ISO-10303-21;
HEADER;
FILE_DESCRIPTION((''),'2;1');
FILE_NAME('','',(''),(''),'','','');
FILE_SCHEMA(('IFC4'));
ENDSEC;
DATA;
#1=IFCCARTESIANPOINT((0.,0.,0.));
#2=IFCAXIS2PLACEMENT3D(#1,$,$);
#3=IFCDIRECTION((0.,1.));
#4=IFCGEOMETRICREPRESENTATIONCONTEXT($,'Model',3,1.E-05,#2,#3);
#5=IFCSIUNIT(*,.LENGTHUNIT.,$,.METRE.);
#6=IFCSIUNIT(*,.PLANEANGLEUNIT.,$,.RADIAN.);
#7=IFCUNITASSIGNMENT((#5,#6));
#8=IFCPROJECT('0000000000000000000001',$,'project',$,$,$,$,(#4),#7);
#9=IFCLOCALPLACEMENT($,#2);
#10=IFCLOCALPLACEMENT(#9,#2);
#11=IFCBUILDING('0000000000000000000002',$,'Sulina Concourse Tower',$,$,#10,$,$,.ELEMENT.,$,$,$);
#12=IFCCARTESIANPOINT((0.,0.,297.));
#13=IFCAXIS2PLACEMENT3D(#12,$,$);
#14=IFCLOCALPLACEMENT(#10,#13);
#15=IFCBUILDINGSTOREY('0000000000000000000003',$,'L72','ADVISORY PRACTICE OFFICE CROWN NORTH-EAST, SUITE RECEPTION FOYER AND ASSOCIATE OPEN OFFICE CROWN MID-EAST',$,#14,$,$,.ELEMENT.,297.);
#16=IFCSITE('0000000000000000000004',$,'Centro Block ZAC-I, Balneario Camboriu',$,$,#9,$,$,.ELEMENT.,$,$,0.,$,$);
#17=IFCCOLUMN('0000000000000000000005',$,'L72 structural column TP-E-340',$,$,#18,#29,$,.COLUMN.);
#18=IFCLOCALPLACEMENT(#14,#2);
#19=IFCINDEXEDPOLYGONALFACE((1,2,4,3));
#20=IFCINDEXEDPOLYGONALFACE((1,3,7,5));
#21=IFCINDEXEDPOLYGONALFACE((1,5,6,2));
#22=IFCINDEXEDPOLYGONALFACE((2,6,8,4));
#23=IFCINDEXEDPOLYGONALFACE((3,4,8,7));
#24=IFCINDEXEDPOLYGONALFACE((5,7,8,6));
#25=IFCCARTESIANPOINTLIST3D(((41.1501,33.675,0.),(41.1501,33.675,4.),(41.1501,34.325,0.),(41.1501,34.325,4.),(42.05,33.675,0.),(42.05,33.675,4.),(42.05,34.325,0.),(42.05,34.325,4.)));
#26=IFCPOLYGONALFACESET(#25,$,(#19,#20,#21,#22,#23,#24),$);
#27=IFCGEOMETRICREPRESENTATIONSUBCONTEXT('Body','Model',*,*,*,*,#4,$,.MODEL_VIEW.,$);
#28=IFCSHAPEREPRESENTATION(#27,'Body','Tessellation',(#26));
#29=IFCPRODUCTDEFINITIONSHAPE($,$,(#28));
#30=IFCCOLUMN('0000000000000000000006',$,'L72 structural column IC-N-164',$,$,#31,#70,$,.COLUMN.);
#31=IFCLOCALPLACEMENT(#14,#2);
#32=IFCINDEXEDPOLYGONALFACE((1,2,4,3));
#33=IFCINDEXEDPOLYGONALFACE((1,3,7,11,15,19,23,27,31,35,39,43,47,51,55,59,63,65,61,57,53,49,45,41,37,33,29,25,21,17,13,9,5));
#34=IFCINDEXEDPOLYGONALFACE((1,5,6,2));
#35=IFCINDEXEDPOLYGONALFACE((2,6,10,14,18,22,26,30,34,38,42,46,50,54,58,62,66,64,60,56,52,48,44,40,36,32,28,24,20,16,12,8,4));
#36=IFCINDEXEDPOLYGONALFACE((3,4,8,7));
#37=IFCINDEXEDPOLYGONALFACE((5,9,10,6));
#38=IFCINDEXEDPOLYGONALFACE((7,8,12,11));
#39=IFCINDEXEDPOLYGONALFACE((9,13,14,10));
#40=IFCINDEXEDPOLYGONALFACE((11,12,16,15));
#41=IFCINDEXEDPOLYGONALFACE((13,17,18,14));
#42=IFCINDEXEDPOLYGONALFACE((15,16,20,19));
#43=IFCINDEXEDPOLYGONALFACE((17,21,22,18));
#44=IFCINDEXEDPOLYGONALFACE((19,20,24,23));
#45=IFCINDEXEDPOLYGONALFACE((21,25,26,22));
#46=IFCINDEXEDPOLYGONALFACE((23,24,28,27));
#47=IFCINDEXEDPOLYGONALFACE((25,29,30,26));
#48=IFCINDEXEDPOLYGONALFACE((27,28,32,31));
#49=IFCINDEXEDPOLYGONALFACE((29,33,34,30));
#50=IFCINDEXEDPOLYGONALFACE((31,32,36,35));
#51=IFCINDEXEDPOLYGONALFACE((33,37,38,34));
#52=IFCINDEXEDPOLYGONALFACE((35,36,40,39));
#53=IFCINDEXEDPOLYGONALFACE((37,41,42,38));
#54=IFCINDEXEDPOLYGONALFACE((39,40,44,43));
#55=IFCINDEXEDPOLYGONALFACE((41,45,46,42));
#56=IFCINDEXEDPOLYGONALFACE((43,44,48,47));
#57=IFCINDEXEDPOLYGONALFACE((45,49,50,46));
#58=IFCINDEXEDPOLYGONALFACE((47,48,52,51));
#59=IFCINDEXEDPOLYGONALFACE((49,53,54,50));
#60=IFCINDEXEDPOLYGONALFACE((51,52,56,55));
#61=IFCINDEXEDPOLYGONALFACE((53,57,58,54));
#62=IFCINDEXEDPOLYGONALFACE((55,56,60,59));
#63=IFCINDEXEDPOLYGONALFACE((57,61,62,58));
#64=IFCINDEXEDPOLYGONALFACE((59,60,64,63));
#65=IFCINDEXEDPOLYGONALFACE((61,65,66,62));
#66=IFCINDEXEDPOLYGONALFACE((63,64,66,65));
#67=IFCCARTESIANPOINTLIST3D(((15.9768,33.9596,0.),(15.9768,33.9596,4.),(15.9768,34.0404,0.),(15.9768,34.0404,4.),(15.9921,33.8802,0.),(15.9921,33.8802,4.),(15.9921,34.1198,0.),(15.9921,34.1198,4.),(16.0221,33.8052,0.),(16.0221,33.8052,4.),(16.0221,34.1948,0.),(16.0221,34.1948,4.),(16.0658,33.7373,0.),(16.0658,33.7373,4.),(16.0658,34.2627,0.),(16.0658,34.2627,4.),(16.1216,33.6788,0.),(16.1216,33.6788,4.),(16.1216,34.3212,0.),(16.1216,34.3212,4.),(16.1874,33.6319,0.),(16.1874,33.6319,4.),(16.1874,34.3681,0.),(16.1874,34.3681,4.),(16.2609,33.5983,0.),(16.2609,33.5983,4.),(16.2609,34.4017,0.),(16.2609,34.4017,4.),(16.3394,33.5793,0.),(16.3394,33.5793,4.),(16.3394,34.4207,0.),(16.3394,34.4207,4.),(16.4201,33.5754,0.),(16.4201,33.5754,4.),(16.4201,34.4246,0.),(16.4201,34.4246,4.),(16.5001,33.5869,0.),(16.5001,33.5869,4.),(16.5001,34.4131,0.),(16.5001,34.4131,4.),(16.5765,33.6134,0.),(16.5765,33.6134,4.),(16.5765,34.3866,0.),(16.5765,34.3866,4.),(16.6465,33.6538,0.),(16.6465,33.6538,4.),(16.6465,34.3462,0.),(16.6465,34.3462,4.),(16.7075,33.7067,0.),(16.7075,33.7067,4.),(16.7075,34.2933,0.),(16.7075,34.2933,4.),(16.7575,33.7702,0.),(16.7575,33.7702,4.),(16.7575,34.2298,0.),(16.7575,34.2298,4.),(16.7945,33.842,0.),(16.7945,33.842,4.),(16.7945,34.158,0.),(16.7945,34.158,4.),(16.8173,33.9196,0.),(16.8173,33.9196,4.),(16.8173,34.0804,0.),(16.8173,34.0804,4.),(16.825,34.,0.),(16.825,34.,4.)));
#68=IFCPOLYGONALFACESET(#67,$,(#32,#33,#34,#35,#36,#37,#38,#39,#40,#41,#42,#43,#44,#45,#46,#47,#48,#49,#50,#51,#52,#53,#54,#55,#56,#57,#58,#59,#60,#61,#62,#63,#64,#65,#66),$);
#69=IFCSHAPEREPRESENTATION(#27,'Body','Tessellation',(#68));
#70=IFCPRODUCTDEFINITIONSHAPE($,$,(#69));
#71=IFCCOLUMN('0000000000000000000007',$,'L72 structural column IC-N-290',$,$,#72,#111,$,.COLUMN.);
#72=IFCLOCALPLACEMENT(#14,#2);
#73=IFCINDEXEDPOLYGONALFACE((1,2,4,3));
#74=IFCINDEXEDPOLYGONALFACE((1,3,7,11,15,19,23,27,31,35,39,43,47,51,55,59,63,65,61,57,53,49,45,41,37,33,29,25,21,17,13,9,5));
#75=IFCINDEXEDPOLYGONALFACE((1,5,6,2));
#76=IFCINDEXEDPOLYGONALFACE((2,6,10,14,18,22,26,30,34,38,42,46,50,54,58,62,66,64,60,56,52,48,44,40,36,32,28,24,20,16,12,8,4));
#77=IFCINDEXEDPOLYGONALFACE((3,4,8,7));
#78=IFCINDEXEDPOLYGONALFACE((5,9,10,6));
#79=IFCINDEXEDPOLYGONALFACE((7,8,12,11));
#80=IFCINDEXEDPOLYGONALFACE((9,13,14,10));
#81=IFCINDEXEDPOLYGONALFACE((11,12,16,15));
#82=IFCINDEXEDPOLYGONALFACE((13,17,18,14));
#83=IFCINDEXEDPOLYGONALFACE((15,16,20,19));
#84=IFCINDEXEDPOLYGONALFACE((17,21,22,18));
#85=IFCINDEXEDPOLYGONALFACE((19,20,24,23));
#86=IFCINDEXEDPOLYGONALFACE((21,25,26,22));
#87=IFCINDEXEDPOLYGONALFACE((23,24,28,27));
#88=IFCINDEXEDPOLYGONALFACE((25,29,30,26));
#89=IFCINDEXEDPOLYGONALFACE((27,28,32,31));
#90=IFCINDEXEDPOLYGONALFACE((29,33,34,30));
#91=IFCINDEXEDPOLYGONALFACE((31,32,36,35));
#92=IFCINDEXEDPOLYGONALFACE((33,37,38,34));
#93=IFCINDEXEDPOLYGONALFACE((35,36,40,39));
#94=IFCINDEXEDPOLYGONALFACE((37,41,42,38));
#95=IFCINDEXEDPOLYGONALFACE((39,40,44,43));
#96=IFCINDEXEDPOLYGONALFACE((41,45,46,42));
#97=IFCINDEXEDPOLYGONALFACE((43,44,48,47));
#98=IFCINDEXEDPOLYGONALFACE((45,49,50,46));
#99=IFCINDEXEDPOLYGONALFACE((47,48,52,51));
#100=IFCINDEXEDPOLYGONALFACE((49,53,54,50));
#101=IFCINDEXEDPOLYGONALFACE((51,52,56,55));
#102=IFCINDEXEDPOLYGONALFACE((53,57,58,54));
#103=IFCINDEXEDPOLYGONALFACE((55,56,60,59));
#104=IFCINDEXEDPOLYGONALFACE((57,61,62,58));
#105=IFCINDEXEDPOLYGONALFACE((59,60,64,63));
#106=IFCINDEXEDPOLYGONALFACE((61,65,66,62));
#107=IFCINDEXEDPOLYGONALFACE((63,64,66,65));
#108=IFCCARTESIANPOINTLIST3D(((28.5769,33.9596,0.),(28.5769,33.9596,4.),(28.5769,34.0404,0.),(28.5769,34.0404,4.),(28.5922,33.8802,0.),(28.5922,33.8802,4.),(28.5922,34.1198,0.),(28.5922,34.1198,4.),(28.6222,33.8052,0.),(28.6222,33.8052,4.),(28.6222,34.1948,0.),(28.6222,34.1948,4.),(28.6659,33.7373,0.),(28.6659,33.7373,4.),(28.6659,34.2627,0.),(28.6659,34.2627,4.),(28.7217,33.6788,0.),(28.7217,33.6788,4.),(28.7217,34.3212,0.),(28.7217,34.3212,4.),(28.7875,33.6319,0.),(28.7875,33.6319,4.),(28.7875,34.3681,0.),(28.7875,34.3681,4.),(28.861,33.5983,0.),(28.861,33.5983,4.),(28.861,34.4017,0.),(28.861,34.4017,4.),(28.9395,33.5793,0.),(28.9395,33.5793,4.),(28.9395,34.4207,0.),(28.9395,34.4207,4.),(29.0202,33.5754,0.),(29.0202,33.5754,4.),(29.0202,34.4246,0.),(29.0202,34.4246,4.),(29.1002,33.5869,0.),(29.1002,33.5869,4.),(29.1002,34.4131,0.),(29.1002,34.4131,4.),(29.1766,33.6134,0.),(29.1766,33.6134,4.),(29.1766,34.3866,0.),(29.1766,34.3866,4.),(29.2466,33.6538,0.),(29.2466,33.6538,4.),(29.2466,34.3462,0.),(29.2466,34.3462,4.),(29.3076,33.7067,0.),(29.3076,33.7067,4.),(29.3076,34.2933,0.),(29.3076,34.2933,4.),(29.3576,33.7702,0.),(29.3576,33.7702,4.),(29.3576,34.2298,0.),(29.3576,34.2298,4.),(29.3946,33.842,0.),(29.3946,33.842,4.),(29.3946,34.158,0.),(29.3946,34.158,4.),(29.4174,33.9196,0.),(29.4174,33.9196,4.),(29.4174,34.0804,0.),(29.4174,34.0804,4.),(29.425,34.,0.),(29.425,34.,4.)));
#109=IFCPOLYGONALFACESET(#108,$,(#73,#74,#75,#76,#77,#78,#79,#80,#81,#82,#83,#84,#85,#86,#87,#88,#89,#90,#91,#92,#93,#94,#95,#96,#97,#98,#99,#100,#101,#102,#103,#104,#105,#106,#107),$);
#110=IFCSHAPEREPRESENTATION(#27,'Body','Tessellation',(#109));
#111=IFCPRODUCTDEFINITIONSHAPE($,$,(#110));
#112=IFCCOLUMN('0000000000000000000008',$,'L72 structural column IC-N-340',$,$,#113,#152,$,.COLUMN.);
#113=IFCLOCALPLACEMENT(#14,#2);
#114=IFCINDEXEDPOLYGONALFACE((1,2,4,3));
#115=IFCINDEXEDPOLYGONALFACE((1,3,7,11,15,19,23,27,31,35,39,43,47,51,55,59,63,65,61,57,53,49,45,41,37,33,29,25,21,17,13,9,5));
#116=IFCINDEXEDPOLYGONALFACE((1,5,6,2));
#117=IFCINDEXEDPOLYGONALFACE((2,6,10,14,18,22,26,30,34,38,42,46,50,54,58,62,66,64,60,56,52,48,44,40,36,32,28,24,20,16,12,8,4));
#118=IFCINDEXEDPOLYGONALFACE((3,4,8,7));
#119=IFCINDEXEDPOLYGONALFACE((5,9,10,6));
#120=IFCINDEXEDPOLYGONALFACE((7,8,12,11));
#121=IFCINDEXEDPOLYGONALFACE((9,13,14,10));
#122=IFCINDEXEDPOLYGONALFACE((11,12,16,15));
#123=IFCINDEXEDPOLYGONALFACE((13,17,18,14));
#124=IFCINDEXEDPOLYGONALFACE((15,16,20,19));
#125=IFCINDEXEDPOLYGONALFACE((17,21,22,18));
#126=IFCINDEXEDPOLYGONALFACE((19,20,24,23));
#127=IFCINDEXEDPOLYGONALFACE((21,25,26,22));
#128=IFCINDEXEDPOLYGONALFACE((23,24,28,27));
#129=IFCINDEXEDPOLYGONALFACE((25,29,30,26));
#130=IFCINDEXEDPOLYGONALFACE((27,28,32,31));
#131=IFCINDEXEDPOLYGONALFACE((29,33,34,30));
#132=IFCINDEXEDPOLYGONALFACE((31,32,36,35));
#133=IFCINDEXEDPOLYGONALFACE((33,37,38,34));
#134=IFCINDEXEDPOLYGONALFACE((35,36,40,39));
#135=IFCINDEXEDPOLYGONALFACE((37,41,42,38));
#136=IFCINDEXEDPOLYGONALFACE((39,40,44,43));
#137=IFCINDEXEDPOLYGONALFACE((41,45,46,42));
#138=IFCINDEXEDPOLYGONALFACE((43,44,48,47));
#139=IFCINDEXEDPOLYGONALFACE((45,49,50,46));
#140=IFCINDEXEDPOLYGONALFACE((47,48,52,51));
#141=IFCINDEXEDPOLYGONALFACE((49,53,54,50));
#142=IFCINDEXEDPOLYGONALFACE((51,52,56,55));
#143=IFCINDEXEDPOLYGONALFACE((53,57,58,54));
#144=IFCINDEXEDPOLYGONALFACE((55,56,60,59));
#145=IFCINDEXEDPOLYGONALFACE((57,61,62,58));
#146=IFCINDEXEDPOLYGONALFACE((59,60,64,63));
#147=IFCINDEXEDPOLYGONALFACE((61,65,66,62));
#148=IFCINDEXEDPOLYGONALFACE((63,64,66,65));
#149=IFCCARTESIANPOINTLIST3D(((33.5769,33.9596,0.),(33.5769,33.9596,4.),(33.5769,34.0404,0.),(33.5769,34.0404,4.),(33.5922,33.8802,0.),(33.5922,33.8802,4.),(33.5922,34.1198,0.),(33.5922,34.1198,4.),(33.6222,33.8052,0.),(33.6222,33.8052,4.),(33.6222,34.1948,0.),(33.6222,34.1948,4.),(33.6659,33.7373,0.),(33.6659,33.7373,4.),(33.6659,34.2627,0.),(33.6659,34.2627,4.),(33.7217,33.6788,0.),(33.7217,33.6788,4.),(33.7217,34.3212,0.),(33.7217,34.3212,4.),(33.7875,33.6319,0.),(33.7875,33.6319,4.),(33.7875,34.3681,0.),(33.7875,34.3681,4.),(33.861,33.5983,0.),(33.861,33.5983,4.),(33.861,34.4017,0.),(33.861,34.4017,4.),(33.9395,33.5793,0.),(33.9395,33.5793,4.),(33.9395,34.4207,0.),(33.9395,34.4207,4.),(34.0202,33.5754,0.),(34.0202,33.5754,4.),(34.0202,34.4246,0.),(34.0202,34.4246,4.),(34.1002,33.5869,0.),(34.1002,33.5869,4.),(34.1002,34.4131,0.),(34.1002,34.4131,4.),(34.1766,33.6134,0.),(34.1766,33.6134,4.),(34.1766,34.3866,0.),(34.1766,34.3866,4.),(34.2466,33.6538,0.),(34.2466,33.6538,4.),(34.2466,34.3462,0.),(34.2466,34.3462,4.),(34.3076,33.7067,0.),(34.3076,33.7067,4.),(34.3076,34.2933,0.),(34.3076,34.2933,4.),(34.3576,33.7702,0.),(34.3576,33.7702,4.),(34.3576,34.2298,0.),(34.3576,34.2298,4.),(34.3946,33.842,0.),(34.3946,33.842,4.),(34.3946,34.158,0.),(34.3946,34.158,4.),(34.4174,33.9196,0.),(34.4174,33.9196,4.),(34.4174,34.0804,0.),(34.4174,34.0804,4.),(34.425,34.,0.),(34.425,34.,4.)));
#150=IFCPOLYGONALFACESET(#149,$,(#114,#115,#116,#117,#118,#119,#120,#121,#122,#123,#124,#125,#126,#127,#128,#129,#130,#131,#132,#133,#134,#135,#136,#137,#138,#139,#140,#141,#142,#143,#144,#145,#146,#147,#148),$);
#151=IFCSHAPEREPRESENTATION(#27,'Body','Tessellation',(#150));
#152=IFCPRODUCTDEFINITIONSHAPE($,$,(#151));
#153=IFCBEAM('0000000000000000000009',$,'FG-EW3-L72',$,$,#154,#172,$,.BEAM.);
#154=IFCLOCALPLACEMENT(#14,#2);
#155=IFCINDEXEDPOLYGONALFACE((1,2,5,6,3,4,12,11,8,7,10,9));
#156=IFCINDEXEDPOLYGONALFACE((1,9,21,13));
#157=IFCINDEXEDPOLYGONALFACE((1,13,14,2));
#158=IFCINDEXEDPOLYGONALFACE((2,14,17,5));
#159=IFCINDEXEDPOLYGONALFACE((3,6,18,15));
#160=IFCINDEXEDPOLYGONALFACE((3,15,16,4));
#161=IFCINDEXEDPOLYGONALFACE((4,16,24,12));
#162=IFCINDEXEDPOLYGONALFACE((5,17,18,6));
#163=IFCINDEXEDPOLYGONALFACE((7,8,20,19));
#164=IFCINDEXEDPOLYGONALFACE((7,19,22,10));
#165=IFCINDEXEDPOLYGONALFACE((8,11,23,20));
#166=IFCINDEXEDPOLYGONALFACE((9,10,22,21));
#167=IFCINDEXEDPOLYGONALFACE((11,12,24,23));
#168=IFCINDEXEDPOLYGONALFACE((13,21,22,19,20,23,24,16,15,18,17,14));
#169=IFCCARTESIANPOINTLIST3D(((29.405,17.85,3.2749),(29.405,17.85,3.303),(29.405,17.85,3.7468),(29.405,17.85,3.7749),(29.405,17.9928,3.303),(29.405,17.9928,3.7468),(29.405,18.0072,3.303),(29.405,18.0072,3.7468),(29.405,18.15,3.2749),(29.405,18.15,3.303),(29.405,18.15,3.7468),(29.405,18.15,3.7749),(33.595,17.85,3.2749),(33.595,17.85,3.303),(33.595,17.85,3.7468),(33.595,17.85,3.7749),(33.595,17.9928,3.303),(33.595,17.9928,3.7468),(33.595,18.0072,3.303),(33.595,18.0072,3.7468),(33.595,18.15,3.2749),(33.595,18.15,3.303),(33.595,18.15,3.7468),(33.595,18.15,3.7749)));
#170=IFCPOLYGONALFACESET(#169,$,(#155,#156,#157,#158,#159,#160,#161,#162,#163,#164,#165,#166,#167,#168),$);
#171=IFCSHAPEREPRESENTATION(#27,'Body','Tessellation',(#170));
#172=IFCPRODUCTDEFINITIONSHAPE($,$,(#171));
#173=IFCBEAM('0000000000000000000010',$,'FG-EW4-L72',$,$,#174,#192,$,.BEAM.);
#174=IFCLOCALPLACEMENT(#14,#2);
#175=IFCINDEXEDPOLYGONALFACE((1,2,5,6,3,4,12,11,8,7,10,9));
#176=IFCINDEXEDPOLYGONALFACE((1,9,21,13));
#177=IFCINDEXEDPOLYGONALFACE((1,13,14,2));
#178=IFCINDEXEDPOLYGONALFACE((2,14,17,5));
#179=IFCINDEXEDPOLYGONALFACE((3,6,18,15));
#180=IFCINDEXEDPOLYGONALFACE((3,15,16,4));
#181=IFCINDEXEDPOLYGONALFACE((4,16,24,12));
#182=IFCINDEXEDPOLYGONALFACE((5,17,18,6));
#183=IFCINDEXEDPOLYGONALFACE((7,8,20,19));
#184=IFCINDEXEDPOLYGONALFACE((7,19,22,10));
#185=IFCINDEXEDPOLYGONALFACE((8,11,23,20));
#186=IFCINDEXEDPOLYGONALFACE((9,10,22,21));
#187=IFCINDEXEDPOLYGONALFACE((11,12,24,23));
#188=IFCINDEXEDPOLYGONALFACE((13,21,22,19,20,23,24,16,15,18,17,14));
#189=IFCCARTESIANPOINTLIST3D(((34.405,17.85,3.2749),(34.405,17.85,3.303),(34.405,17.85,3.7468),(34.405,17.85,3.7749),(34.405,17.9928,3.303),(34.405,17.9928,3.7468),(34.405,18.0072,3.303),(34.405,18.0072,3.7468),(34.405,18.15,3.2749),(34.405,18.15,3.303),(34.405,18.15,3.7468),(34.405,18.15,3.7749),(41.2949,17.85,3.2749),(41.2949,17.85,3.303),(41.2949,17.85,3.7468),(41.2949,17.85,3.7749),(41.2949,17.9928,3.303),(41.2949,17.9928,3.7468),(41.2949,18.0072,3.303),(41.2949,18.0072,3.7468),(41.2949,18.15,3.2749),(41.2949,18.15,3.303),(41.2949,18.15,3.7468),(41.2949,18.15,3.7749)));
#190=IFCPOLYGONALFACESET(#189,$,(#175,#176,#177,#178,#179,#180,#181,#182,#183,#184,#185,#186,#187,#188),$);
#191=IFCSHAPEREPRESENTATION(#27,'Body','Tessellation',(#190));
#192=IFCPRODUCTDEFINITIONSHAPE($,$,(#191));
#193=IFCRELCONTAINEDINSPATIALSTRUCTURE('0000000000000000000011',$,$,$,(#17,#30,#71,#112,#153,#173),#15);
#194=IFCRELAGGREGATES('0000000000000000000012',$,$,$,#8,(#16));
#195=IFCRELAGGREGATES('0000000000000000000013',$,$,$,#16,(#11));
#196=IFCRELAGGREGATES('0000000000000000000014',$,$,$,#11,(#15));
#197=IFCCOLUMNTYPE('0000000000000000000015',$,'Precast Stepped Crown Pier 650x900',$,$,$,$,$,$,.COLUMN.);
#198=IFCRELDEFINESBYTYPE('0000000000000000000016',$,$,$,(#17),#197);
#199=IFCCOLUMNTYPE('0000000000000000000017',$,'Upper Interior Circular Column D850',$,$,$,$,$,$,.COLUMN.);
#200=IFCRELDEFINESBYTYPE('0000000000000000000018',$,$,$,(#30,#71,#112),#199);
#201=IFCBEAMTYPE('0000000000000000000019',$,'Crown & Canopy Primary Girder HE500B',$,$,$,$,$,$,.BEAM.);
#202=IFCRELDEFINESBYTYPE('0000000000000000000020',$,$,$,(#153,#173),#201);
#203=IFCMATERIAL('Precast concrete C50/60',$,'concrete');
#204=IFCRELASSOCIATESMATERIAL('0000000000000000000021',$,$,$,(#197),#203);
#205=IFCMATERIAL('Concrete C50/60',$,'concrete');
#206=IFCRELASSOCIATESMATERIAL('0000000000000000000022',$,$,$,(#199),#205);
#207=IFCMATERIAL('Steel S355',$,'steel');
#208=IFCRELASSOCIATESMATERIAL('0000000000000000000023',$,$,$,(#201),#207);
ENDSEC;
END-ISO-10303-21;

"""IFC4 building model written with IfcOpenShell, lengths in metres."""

from ifc_helpers import new_model, si_unit, direction, frame, origin, origin_2d, place, context, subcontext, project, spatial, rectangle, circle, i_section, extrude, material, material_profile, profile_set, type_object, element, save


model = new_model("IFC4")

# Units and contexts
model_context = context("Model", 3, precision=1e-05, world=origin(), true_north=direction((0.0, 1.0)))
body_context = subcontext(model_context, "Body", "Model", "MODEL_VIEW")
ifc_project = project(units=[si_unit("LENGTHUNIT", "METRE"), si_unit("PLANEANGLEUNIT", "RADIAN")], contexts=[model_context])

# Site, building, storey
site_placement = place(None, origin())
site = spatial("IfcSite", under=ifc_project, at=site_placement, Name="Centro Block ZAC-I, Balneario Camboriu", CompositionType="ELEMENT", RefElevation=0.0)
building_placement = place(site_placement, origin())
building = spatial("IfcBuilding", under=site, at=building_placement, Name="Sulina Concourse Tower", CompositionType="ELEMENT")
storey_placement = place(building_placement, frame((0.0, 0.0, 297.0)))
storey = spatial("IfcBuildingStorey", under=building, at=storey_placement, Name="L72", Description="ADVISORY PRACTICE OFFICE CROWN NORTH-EAST, SUITE RECEPTION FOYER AND ASSOCIATE OPEN OFFICE CROWN MID-EAST", CompositionType="ELEMENT", Elevation=297.0)

# Columns
ifc_material_1 = material(Name="Precast concrete C50/60", Category="concrete")
ifc_material_profile_1 = material_profile(ifc_material_1, rectangle(XDim=0.6499, YDim=0.8999, at=origin_2d()), Name="PC 650x900")
ifc_profile_set_1 = profile_set([ifc_material_profile_1], Name="Precast concrete C50/60")
column_type_1 = type_object("IfcColumnType", Name="Precast Stepped Crown Pier 650x900", PredefinedType="COLUMN", material=ifc_profile_set_1)
column_placement = place(storey_placement, frame((41.6001, 34.0, 0.0), z_axis=(0.0, 0.0, 1.0), x_axis=(0.0, 1.0, 0.0)))
element("IfcColumn", 1, at=column_placement, inside=storey, type_object=column_type_1, Name="L72 structural column TP-E-340", PredefinedType="COLUMN", context=body_context, shape_type="SweptSolid", body=[
    extrude(rectangle(XDim=0.6499, YDim=0.8999, at=origin_2d()), origin(), (0.0, 0.0, 1.0), 4.0),
])
ifc_material_2 = material(Name="Concrete C50/60", Category="concrete")
ifc_material_profile_2 = material_profile(ifc_material_2, circle(Radius=0.425, at=origin_2d()), Name="RC D850")
ifc_profile_set_2 = profile_set([ifc_material_profile_2], Name="Concrete C50/60")
column_type_2 = type_object("IfcColumnType", Name="Upper Interior Circular Column D850", PredefinedType="COLUMN", material=ifc_profile_set_2)
for number, where, z_axis, x_axis, name in (
    (2, (16.3999, 34.0, 0.0), (0.0, 0.0, 1.0), (1.0, 0.0, 0.0), "L72 structural column IC-N-164"),
    (3, (29.0, 34.0, 0.0), (0.0, 0.0, 1.0), (1.0, 0.0, 0.0), "L72 structural column IC-N-290"),
    (4, (34.0, 34.0, 0.0), (0.0, 0.0, 1.0), (1.0, 0.0, 0.0), "L72 structural column IC-N-340"),
):
    element("IfcColumn", number, at=place(storey_placement, frame(where, z_axis=z_axis, x_axis=x_axis)), inside=storey, type_object=column_type_2, Name=name, PredefinedType="COLUMN", context=body_context, shape_type="SweptSolid", body=[
        extrude(circle(Radius=0.425, at=origin_2d()), origin(), (0.0, 0.0, 1.0), 4.0),
    ])

# Beams
ifc_material_3 = material(Name="Steel S355", Category="steel")
ifc_material_profile_3 = material_profile(ifc_material_3, i_section(OverallWidth=0.3, OverallDepth=0.5, WebThickness=0.0144, FlangeThickness=0.0281, at=origin_2d()), Name="HE 500 B")
ifc_profile_set_3 = profile_set([ifc_material_profile_3], Name="Steel S355")
beam_type_1 = type_object("IfcBeamType", Name="Crown & Canopy Primary Girder HE500B", PredefinedType="BEAM", material=ifc_profile_set_3)
beam_1_placement = place(storey_placement, frame((29.405, 18.0, 3.5249), z_axis=(1.0, 0.0, 0.0), x_axis=(0.0, 1.0, 0.0)))
element("IfcBeam", 5, at=beam_1_placement, inside=storey, type_object=beam_type_1, Name="FG-EW3-L72", PredefinedType="BEAM", context=body_context, shape_type="SweptSolid", body=[
    extrude(i_section(OverallWidth=0.3, OverallDepth=0.5, WebThickness=0.0144, FlangeThickness=0.0281, at=origin_2d()), origin(), (0.0, 0.0, 1.0), 4.1899),
])
beam_2_placement = place(storey_placement, frame((34.405, 18.0, 3.5249), z_axis=(1.0, 0.0, 0.0), x_axis=(0.0, 1.0, 0.0)))
element("IfcBeam", 6, at=beam_2_placement, inside=storey, type_object=beam_type_1, Name="FG-EW4-L72", PredefinedType="BEAM", context=body_context, shape_type="SweptSolid", body=[
    extrude(i_section(OverallWidth=0.3, OverallDepth=0.5, WebThickness=0.0144, FlangeThickness=0.0281, at=origin_2d()), origin(), (0.0, 0.0, 1.0), 6.8899),
])

save(model, "model.ifc")
